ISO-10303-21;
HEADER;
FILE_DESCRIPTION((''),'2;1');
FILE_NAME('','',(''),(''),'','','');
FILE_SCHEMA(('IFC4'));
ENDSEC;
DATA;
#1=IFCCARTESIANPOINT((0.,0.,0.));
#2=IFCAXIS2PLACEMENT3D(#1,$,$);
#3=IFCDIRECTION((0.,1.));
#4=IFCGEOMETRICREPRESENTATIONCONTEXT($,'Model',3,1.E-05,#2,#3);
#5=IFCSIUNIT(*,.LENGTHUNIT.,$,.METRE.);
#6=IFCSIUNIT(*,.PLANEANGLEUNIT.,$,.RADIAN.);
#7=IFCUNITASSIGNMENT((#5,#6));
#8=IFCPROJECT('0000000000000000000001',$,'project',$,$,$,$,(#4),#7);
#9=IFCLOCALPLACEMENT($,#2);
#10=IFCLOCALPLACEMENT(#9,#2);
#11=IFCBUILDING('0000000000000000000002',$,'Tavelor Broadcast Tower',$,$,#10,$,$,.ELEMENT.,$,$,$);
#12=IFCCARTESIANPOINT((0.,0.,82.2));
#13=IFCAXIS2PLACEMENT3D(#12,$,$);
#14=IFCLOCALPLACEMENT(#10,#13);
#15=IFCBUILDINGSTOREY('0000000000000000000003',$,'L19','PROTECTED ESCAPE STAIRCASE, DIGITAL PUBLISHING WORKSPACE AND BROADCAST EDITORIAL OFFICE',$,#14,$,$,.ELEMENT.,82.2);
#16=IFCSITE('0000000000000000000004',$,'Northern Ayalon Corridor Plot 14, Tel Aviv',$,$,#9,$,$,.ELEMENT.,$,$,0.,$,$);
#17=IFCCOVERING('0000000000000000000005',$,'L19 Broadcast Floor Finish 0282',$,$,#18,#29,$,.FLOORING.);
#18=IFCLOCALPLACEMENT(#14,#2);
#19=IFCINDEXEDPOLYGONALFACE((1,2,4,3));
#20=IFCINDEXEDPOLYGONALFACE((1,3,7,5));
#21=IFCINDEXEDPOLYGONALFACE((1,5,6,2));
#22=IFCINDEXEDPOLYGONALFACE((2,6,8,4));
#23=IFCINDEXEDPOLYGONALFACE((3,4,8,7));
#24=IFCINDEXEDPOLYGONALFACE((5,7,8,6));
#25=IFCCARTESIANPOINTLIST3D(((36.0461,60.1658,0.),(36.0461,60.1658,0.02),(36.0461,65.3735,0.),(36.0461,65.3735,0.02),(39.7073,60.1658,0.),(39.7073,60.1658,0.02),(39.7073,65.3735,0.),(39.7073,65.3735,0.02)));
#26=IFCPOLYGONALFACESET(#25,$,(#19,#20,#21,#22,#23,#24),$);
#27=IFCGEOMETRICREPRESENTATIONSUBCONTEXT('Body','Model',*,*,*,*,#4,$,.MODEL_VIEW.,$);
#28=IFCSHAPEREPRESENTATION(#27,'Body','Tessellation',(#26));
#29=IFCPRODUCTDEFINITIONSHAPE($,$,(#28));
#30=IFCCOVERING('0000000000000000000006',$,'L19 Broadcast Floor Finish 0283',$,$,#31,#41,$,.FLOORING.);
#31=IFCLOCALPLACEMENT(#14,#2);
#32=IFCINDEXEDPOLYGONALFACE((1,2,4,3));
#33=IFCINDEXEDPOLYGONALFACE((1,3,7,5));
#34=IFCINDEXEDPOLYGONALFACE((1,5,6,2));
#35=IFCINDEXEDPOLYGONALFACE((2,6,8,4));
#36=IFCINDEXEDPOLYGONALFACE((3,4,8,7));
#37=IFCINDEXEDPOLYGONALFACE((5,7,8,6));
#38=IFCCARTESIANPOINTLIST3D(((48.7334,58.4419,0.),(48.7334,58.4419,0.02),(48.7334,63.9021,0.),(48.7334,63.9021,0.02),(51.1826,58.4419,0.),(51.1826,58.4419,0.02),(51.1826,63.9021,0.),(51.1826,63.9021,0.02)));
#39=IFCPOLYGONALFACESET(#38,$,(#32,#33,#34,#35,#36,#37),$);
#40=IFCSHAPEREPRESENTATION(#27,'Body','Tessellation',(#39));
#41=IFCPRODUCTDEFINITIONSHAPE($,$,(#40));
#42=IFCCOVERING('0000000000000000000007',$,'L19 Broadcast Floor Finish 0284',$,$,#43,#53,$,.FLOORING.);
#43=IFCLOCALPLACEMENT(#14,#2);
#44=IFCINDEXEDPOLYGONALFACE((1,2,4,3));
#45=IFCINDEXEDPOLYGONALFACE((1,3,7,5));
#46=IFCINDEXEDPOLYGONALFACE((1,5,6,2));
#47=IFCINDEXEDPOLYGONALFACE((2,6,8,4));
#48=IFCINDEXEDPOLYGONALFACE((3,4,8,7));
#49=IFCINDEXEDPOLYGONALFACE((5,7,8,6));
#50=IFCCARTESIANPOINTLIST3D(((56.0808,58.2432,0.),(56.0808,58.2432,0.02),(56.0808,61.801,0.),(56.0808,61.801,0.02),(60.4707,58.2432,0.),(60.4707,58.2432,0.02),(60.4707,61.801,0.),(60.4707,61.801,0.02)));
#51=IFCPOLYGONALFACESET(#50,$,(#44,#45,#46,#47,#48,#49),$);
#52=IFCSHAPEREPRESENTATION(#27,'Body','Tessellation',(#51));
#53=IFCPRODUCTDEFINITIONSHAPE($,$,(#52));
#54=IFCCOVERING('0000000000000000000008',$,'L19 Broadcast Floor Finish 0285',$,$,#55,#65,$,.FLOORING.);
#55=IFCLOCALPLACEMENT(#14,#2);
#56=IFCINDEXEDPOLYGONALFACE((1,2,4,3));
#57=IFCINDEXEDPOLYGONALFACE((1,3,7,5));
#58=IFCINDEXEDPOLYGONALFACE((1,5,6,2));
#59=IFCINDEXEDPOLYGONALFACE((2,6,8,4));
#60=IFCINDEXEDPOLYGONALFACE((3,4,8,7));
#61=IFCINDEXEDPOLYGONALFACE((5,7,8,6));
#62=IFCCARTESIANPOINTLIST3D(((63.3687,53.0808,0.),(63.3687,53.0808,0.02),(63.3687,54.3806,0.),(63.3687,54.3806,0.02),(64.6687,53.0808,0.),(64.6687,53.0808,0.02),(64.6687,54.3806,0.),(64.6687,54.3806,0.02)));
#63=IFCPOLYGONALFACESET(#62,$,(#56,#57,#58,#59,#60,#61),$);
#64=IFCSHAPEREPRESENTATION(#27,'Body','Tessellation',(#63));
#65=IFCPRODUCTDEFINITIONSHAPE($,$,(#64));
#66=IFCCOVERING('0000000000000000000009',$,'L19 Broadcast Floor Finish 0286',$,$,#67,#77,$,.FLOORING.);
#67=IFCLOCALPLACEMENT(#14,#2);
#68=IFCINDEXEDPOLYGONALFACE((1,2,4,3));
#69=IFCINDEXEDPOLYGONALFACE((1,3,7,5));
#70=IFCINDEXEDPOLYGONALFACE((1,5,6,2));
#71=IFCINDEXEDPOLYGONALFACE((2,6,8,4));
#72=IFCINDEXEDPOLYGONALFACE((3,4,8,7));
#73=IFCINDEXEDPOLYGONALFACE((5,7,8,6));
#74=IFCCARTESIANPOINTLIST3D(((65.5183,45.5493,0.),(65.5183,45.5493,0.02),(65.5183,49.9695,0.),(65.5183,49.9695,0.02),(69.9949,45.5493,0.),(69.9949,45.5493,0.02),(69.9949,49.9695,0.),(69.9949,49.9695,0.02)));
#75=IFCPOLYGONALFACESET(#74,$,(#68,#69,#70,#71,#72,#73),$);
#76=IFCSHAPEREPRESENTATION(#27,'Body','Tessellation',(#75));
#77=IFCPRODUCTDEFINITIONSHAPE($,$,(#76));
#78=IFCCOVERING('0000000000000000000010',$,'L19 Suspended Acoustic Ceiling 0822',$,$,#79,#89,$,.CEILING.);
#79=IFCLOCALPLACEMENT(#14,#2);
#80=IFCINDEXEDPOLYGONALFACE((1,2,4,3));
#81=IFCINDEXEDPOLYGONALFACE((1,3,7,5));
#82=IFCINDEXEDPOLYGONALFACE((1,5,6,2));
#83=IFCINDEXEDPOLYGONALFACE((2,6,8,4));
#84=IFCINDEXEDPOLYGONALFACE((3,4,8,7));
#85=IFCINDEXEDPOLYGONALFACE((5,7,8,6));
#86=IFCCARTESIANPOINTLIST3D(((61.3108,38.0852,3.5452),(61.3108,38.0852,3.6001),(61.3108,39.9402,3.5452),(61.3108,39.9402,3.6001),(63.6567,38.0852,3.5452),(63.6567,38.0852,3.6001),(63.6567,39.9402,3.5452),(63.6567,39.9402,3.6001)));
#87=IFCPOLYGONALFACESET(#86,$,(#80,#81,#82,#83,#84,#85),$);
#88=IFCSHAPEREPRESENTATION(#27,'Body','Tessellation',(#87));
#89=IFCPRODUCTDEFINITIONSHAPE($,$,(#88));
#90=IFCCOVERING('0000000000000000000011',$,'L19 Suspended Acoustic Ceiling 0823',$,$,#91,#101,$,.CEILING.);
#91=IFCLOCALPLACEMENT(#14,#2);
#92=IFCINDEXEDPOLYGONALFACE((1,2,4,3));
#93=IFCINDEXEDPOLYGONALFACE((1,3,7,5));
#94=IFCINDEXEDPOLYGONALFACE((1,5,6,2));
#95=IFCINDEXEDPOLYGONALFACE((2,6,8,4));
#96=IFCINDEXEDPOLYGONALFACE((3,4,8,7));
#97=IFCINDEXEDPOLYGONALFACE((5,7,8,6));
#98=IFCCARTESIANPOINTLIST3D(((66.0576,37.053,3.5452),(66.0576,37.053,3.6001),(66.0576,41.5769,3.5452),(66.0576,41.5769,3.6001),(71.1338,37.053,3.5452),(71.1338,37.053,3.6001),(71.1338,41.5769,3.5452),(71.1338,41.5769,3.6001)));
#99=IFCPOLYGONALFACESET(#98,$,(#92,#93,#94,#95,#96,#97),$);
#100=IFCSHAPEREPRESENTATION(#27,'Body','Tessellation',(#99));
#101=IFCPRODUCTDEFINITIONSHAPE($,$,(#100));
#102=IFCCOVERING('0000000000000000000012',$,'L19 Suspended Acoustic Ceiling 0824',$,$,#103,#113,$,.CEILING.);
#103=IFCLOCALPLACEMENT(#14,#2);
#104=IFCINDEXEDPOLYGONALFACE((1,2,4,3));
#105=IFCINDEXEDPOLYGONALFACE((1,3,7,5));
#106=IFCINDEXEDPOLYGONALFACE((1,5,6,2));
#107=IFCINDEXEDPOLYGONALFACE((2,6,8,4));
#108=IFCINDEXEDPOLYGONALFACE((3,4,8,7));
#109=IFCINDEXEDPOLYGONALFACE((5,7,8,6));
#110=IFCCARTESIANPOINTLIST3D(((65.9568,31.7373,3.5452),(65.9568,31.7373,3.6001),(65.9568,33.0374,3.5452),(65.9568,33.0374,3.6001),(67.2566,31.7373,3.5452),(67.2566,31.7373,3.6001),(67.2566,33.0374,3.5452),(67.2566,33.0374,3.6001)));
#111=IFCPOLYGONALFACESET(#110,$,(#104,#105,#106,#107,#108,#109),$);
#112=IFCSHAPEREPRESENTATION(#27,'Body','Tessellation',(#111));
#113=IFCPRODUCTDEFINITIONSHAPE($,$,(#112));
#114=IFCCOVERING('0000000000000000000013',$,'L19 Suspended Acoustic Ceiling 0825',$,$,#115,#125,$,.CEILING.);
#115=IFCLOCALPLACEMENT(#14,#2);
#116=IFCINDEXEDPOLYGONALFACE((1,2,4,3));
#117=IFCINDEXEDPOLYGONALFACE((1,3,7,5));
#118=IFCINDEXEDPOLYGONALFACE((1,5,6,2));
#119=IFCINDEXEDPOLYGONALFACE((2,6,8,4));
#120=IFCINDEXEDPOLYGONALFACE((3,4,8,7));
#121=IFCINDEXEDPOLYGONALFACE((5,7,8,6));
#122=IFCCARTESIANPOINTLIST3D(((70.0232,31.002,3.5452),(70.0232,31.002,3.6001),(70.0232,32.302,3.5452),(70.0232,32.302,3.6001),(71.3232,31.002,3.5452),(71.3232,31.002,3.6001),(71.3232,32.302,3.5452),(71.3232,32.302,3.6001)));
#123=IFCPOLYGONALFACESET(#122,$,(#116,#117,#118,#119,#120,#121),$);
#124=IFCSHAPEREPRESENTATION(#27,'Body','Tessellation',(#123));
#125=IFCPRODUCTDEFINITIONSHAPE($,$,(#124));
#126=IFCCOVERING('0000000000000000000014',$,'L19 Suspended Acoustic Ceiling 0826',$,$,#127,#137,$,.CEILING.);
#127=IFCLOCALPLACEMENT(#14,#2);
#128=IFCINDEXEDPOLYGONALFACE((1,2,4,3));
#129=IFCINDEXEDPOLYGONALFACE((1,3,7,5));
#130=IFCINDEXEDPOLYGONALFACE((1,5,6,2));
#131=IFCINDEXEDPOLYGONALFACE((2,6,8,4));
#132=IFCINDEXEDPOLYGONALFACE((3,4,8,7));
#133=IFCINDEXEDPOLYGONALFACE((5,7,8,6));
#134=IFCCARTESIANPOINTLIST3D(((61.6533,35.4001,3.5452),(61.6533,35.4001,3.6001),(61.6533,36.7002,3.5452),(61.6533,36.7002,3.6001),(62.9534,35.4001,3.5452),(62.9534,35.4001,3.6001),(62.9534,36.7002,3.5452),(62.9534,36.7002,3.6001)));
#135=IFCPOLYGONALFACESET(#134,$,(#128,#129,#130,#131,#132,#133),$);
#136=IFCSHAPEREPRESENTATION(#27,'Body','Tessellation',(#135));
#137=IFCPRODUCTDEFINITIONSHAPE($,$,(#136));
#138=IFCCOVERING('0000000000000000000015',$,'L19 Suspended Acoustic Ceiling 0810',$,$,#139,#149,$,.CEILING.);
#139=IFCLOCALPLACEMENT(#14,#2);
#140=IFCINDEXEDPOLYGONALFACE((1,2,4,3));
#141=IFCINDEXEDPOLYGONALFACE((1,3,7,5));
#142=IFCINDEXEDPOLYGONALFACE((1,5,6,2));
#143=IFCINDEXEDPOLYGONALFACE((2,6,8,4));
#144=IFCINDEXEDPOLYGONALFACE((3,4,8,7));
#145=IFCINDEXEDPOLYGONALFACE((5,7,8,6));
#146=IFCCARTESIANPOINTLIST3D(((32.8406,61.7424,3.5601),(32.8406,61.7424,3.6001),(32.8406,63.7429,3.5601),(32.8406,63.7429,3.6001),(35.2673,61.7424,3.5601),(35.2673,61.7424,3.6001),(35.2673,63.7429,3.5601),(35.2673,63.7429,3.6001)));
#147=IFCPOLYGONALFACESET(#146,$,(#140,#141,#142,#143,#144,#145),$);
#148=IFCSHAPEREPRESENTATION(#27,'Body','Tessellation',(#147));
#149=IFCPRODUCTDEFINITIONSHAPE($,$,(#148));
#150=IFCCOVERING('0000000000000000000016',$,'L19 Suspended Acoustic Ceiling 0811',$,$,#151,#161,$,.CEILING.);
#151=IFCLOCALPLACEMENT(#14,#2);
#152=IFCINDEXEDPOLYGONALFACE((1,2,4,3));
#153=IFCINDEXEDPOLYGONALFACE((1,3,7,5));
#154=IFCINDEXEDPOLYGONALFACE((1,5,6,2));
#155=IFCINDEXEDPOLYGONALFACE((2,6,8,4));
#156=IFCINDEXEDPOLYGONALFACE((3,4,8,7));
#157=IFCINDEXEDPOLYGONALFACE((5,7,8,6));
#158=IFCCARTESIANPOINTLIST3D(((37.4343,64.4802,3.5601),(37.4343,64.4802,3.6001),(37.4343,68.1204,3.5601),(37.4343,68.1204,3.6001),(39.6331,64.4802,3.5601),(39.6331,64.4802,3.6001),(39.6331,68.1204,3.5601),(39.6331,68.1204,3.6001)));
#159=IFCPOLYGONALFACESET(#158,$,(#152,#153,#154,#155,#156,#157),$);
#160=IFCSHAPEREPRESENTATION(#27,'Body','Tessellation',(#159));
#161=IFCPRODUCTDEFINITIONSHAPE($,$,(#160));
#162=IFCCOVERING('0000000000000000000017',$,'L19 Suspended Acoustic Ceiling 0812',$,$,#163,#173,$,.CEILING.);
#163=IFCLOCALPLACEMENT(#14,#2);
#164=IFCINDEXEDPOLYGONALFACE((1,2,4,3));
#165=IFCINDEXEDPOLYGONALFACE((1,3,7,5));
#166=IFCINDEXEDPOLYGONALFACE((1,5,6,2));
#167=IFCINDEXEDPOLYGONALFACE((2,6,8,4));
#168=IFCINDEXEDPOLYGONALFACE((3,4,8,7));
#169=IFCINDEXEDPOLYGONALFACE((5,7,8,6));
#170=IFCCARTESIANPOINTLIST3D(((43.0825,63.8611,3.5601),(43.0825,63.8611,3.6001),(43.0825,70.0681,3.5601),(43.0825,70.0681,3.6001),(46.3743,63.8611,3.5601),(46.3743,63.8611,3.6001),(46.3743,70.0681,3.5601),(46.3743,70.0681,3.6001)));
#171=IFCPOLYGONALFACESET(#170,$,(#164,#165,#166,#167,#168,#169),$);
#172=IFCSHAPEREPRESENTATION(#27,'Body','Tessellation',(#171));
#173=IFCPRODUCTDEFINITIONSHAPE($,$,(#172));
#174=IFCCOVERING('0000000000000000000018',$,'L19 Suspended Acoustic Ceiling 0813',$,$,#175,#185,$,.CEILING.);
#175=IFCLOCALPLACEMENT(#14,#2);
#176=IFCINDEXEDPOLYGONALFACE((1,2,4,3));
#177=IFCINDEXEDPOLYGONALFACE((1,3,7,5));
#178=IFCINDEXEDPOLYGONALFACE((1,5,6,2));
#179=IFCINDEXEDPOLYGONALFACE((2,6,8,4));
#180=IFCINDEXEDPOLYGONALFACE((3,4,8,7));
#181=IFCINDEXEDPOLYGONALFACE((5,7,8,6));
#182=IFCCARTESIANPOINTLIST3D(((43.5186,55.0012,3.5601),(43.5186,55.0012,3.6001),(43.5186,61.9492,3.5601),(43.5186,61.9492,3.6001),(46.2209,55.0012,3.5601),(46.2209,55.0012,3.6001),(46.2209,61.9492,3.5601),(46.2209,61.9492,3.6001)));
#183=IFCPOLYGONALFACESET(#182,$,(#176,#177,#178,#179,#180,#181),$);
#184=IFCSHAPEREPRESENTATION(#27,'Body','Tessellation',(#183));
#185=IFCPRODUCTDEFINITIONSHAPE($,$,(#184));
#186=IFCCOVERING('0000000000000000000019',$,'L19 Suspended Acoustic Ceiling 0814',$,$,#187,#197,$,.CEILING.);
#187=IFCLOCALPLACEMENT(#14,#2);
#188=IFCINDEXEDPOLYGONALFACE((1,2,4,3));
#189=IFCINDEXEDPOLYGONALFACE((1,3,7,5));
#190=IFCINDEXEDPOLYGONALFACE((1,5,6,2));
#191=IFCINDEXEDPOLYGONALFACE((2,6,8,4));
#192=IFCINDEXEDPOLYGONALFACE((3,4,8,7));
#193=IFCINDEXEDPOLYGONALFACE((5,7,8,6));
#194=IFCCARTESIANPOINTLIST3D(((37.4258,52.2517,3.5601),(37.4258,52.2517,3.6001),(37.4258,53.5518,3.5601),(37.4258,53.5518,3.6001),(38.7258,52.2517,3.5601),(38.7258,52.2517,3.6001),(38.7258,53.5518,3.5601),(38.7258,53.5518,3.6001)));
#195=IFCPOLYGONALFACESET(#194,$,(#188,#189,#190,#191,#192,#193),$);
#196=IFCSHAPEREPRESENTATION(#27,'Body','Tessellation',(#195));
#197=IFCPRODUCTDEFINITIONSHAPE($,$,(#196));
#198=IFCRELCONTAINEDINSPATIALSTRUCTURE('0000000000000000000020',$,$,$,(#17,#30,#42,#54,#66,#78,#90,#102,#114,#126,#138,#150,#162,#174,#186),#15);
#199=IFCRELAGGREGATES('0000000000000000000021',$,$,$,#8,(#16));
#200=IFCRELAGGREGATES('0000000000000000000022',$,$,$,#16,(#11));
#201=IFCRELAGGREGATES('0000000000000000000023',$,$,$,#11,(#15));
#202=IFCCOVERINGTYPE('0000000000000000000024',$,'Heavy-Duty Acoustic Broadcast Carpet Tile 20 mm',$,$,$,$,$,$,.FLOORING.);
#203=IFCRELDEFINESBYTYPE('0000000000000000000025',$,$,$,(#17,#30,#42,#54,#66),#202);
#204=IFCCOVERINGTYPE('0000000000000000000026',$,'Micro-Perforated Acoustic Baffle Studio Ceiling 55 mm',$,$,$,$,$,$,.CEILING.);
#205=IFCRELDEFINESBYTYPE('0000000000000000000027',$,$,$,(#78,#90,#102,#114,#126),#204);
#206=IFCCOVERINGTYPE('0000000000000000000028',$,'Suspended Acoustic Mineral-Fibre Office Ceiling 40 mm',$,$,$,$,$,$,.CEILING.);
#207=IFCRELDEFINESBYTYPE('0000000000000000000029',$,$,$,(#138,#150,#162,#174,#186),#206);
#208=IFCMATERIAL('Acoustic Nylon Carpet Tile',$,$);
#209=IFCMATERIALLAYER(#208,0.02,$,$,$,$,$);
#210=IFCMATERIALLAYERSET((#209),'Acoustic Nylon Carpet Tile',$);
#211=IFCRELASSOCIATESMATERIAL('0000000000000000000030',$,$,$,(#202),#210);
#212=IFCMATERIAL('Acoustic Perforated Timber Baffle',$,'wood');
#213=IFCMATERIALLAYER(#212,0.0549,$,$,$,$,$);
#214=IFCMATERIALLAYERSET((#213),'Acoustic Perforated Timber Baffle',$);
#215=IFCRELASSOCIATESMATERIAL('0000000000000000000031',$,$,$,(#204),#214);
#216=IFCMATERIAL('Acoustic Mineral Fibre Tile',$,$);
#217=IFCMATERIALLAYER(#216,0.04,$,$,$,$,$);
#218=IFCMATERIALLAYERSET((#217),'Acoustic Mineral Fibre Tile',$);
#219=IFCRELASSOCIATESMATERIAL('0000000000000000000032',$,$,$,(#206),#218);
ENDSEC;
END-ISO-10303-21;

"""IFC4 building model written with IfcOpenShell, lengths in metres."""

from ifc_helpers import new_model, si_unit, direction, frame, origin, place, context, subcontext, project, spatial, polyline, outline, extrude, material, layer, layer_set, type_object, element, save


model = new_model("IFC4")

# Units and contexts
model_context = context("Model", 3, precision=1e-05, world=origin(), true_north=direction((0.0, 1.0)))
body_context = subcontext(model_context, "Body", "Model", "MODEL_VIEW")
ifc_project = project(units=[si_unit("LENGTHUNIT", "METRE"), si_unit("PLANEANGLEUNIT", "RADIAN")], contexts=[model_context])

# Site, building, storey
site_placement = place(None, origin())
site = spatial("IfcSite", under=ifc_project, at=site_placement, Name="Northern Ayalon Corridor Plot 14, Tel Aviv", CompositionType="ELEMENT", RefElevation=0.0)
building_placement = place(site_placement, origin())
building = spatial("IfcBuilding", under=site, at=building_placement, Name="Tavelor Broadcast Tower", CompositionType="ELEMENT")
storey_placement = place(building_placement, frame((0.0, 0.0, 82.2)))
storey = spatial("IfcBuildingStorey", under=building, at=storey_placement, Name="L19", Description="PROTECTED ESCAPE STAIRCASE, DIGITAL PUBLISHING WORKSPACE AND BROADCAST EDITORIAL OFFICE", CompositionType="ELEMENT", Elevation=82.2)

# Coverings
ifc_material_1 = material(Name="Acoustic Nylon Carpet Tile")
ifc_layer_1 = layer(ifc_material_1, 0.02)
ifc_layer_set_1 = layer_set([ifc_layer_1], Name="Acoustic Nylon Carpet Tile")
covering_type_1 = type_object("IfcCoveringType", Name="Heavy-Duty Acoustic Broadcast Carpet Tile 20 mm", PredefinedType="FLOORING", material=ifc_layer_set_1)
covering_1_placement = place(storey_placement, origin())
element("IfcCovering", 1, at=covering_1_placement, inside=storey, type_object=covering_type_1, Name="L19 Broadcast Floor Finish 0282", PredefinedType="FLOORING", context=body_context, shape_type="SweptSolid", body=[
    extrude(outline(polyline([(36.0461, 60.1658), (39.7073, 60.1658), (39.7073, 65.3735), (36.0461, 65.3735), (36.0461, 60.1658)])), origin(), (0.0, 0.0, 1.0), 0.02),
])
covering_2_placement = place(storey_placement, origin())
element("IfcCovering", 2, at=covering_2_placement, inside=storey, type_object=covering_type_1, Name="L19 Broadcast Floor Finish 0283", PredefinedType="FLOORING", context=body_context, shape_type="SweptSolid", body=[
    extrude(outline(polyline([(48.7334, 58.4419), (51.1826, 58.4419), (51.1826, 63.9021), (48.7334, 63.9021), (48.7334, 58.4419)])), origin(), (0.0, 0.0, 1.0), 0.02),
])
covering_3_placement = place(storey_placement, origin())
element("IfcCovering", 3, at=covering_3_placement, inside=storey, type_object=covering_type_1, Name="L19 Broadcast Floor Finish 0284", PredefinedType="FLOORING", context=body_context, shape_type="SweptSolid", body=[
    extrude(outline(polyline([(56.0808, 58.2432), (60.4707, 58.2432), (60.4707, 61.801), (56.0808, 61.801), (56.0808, 58.2432)])), origin(), (0.0, 0.0, 1.0), 0.02),
])
covering_4_placement = place(storey_placement, origin())
element("IfcCovering", 4, at=covering_4_placement, inside=storey, type_object=covering_type_1, Name="L19 Broadcast Floor Finish 0285", PredefinedType="FLOORING", context=body_context, shape_type="SweptSolid", body=[
    extrude(outline(polyline([(63.3687, 53.0808), (64.6687, 53.0808), (64.6687, 54.3806), (63.3687, 54.3806), (63.3687, 53.0808)])), origin(), (0.0, 0.0, 1.0), 0.02),
])
covering_5_placement = place(storey_placement, origin())
element("IfcCovering", 5, at=covering_5_placement, inside=storey, type_object=covering_type_1, Name="L19 Broadcast Floor Finish 0286", PredefinedType="FLOORING", context=body_context, shape_type="SweptSolid", body=[
    extrude(outline(polyline([(65.5183, 45.5493), (69.9949, 45.5493), (69.9949, 49.9695), (65.5183, 49.9695), (65.5183, 45.5493)])), origin(), (0.0, 0.0, 1.0), 0.02),
])
ifc_material_2 = material(Name="Acoustic Perforated Timber Baffle", Category="wood")
ifc_layer_2 = layer(ifc_material_2, 0.0549)
ifc_layer_set_2 = layer_set([ifc_layer_2], Name="Acoustic Perforated Timber Baffle")
covering_type_2 = type_object("IfcCoveringType", Name="Micro-Perforated Acoustic Baffle Studio Ceiling 55 mm", PredefinedType="CEILING", material=ifc_layer_set_2)
covering_6_placement = place(storey_placement, frame((0.0, 0.0, 3.5452)))
element("IfcCovering", 6, at=covering_6_placement, inside=storey, type_object=covering_type_2, Name="L19 Suspended Acoustic Ceiling 0822", PredefinedType="CEILING", context=body_context, shape_type="SweptSolid", body=[
    extrude(outline(polyline([(61.3108, 38.0852), (63.6567, 38.0852), (63.6567, 39.9402), (61.3108, 39.9402), (61.3108, 38.0852)])), origin(), (0.0, 0.0, 1.0), 0.0549),
])
covering_7_placement = place(storey_placement, frame((0.0, 0.0, 3.5452)))
element("IfcCovering", 7, at=covering_7_placement, inside=storey, type_object=covering_type_2, Name="L19 Suspended Acoustic Ceiling 0823", PredefinedType="CEILING", context=body_context, shape_type="SweptSolid", body=[
    extrude(outline(polyline([(66.0576, 37.053), (71.1338, 37.053), (71.1338, 41.5769), (66.0576, 41.5769), (66.0576, 37.053)])), origin(), (0.0, 0.0, 1.0), 0.0549),
])
covering_8_placement = place(storey_placement, frame((0.0, 0.0, 3.5452)))
element("IfcCovering", 8, at=covering_8_placement, inside=storey, type_object=covering_type_2, Name="L19 Suspended Acoustic Ceiling 0824", PredefinedType="CEILING", context=body_context, shape_type="SweptSolid", body=[
    extrude(outline(polyline([(65.9568, 31.7373), (67.2566, 31.7373), (67.2566, 33.0374), (65.9568, 33.0374), (65.9568, 31.7373)])), origin(), (0.0, 0.0, 1.0), 0.0549),
])
covering_9_placement = place(storey_placement, frame((0.0, 0.0, 3.5452)))
element("IfcCovering", 9, at=covering_9_placement, inside=storey, type_object=covering_type_2, Name="L19 Suspended Acoustic Ceiling 0825", PredefinedType="CEILING", context=body_context, shape_type="SweptSolid", body=[
    extrude(outline(polyline([(70.0232, 31.002), (71.3232, 31.002), (71.3232, 32.302), (70.0232, 32.302), (70.0232, 31.002)])), origin(), (0.0, 0.0, 1.0), 0.0549),
])
covering_10_placement = place(storey_placement, frame((0.0, 0.0, 3.5452)))
element("IfcCovering", 10, at=covering_10_placement, inside=storey, type_object=covering_type_2, Name="L19 Suspended Acoustic Ceiling 0826", PredefinedType="CEILING", context=body_context, shape_type="SweptSolid", body=[
    extrude(outline(polyline([(61.6533, 35.4001), (62.9534, 35.4001), (62.9534, 36.7002), (61.6533, 36.7002), (61.6533, 35.4001)])), origin(), (0.0, 0.0, 1.0), 0.0549),
])
ifc_material_3 = material(Name="Acoustic Mineral Fibre Tile")
ifc_layer_3 = layer(ifc_material_3, 0.04)
ifc_layer_set_3 = layer_set([ifc_layer_3], Name="Acoustic Mineral Fibre Tile")
covering_type_3 = type_object("IfcCoveringType", Name="Suspended Acoustic Mineral-Fibre Office Ceiling 40 mm", PredefinedType="CEILING", material=ifc_layer_set_3)
covering_11_placement = place(storey_placement, frame((0.0, 0.0, 3.5601)))
element("IfcCovering", 11, at=covering_11_placement, inside=storey, type_object=covering_type_3, Name="L19 Suspended Acoustic Ceiling 0810", PredefinedType="CEILING", context=body_context, shape_type="SweptSolid", body=[
    extrude(outline(polyline([(32.8406, 61.7424), (35.2673, 61.7424), (35.2673, 63.7429), (32.8406, 63.7429), (32.8406, 61.7424)])), origin(), (0.0, 0.0, 1.0), 0.04),
])
covering_12_placement = place(storey_placement, frame((0.0, 0.0, 3.5601)))
element("IfcCovering", 12, at=covering_12_placement, inside=storey, type_object=covering_type_3, Name="L19 Suspended Acoustic Ceiling 0811", PredefinedType="CEILING", context=body_context, shape_type="SweptSolid", body=[
    extrude(outline(polyline([(37.4343, 64.4802), (39.6331, 64.4802), (39.6331, 68.1204), (37.4343, 68.1204), (37.4343, 64.4802)])), origin(), (0.0, 0.0, 1.0), 0.04),
])
covering_13_placement = place(storey_placement, frame((0.0, 0.0, 3.5601)))
element("IfcCovering", 13, at=covering_13_placement, inside=storey, type_object=covering_type_3, Name="L19 Suspended Acoustic Ceiling 0812", PredefinedType="CEILING", context=body_context, shape_type="SweptSolid", body=[
    extrude(outline(polyline([(43.0825, 63.8611), (46.3743, 63.8611), (46.3743, 70.0681), (43.0825, 70.0681), (43.0825, 63.8611)])), origin(), (0.0, 0.0, 1.0), 0.04),
])
covering_14_placement = place(storey_placement, frame((0.0, 0.0, 3.5601)))
element("IfcCovering", 14, at=covering_14_placement, inside=storey, type_object=covering_type_3, Name="L19 Suspended Acoustic Ceiling 0813", PredefinedType="CEILING", context=body_context, shape_type="SweptSolid", body=[
    extrude(outline(polyline([(43.5186, 55.0012), (46.2209, 55.0012), (46.2209, 61.9492), (43.5186, 61.9492), (43.5186, 55.0012)])), origin(), (0.0, 0.0, 1.0), 0.04),
])
covering_15_placement = place(storey_placement, frame((0.0, 0.0, 3.5601)))
element("IfcCovering", 15, at=covering_15_placement, inside=storey, type_object=covering_type_3, Name="L19 Suspended Acoustic Ceiling 0814", PredefinedType="CEILING", context=body_context, shape_type="SweptSolid", body=[
    extrude(outline(polyline([(37.4258, 52.2517), (38.7258, 52.2517), (38.7258, 53.5518), (37.4258, 53.5518), (37.4258, 52.2517)])), origin(), (0.0, 0.0, 1.0), 0.04),
])

save(model, "model.ifc")
